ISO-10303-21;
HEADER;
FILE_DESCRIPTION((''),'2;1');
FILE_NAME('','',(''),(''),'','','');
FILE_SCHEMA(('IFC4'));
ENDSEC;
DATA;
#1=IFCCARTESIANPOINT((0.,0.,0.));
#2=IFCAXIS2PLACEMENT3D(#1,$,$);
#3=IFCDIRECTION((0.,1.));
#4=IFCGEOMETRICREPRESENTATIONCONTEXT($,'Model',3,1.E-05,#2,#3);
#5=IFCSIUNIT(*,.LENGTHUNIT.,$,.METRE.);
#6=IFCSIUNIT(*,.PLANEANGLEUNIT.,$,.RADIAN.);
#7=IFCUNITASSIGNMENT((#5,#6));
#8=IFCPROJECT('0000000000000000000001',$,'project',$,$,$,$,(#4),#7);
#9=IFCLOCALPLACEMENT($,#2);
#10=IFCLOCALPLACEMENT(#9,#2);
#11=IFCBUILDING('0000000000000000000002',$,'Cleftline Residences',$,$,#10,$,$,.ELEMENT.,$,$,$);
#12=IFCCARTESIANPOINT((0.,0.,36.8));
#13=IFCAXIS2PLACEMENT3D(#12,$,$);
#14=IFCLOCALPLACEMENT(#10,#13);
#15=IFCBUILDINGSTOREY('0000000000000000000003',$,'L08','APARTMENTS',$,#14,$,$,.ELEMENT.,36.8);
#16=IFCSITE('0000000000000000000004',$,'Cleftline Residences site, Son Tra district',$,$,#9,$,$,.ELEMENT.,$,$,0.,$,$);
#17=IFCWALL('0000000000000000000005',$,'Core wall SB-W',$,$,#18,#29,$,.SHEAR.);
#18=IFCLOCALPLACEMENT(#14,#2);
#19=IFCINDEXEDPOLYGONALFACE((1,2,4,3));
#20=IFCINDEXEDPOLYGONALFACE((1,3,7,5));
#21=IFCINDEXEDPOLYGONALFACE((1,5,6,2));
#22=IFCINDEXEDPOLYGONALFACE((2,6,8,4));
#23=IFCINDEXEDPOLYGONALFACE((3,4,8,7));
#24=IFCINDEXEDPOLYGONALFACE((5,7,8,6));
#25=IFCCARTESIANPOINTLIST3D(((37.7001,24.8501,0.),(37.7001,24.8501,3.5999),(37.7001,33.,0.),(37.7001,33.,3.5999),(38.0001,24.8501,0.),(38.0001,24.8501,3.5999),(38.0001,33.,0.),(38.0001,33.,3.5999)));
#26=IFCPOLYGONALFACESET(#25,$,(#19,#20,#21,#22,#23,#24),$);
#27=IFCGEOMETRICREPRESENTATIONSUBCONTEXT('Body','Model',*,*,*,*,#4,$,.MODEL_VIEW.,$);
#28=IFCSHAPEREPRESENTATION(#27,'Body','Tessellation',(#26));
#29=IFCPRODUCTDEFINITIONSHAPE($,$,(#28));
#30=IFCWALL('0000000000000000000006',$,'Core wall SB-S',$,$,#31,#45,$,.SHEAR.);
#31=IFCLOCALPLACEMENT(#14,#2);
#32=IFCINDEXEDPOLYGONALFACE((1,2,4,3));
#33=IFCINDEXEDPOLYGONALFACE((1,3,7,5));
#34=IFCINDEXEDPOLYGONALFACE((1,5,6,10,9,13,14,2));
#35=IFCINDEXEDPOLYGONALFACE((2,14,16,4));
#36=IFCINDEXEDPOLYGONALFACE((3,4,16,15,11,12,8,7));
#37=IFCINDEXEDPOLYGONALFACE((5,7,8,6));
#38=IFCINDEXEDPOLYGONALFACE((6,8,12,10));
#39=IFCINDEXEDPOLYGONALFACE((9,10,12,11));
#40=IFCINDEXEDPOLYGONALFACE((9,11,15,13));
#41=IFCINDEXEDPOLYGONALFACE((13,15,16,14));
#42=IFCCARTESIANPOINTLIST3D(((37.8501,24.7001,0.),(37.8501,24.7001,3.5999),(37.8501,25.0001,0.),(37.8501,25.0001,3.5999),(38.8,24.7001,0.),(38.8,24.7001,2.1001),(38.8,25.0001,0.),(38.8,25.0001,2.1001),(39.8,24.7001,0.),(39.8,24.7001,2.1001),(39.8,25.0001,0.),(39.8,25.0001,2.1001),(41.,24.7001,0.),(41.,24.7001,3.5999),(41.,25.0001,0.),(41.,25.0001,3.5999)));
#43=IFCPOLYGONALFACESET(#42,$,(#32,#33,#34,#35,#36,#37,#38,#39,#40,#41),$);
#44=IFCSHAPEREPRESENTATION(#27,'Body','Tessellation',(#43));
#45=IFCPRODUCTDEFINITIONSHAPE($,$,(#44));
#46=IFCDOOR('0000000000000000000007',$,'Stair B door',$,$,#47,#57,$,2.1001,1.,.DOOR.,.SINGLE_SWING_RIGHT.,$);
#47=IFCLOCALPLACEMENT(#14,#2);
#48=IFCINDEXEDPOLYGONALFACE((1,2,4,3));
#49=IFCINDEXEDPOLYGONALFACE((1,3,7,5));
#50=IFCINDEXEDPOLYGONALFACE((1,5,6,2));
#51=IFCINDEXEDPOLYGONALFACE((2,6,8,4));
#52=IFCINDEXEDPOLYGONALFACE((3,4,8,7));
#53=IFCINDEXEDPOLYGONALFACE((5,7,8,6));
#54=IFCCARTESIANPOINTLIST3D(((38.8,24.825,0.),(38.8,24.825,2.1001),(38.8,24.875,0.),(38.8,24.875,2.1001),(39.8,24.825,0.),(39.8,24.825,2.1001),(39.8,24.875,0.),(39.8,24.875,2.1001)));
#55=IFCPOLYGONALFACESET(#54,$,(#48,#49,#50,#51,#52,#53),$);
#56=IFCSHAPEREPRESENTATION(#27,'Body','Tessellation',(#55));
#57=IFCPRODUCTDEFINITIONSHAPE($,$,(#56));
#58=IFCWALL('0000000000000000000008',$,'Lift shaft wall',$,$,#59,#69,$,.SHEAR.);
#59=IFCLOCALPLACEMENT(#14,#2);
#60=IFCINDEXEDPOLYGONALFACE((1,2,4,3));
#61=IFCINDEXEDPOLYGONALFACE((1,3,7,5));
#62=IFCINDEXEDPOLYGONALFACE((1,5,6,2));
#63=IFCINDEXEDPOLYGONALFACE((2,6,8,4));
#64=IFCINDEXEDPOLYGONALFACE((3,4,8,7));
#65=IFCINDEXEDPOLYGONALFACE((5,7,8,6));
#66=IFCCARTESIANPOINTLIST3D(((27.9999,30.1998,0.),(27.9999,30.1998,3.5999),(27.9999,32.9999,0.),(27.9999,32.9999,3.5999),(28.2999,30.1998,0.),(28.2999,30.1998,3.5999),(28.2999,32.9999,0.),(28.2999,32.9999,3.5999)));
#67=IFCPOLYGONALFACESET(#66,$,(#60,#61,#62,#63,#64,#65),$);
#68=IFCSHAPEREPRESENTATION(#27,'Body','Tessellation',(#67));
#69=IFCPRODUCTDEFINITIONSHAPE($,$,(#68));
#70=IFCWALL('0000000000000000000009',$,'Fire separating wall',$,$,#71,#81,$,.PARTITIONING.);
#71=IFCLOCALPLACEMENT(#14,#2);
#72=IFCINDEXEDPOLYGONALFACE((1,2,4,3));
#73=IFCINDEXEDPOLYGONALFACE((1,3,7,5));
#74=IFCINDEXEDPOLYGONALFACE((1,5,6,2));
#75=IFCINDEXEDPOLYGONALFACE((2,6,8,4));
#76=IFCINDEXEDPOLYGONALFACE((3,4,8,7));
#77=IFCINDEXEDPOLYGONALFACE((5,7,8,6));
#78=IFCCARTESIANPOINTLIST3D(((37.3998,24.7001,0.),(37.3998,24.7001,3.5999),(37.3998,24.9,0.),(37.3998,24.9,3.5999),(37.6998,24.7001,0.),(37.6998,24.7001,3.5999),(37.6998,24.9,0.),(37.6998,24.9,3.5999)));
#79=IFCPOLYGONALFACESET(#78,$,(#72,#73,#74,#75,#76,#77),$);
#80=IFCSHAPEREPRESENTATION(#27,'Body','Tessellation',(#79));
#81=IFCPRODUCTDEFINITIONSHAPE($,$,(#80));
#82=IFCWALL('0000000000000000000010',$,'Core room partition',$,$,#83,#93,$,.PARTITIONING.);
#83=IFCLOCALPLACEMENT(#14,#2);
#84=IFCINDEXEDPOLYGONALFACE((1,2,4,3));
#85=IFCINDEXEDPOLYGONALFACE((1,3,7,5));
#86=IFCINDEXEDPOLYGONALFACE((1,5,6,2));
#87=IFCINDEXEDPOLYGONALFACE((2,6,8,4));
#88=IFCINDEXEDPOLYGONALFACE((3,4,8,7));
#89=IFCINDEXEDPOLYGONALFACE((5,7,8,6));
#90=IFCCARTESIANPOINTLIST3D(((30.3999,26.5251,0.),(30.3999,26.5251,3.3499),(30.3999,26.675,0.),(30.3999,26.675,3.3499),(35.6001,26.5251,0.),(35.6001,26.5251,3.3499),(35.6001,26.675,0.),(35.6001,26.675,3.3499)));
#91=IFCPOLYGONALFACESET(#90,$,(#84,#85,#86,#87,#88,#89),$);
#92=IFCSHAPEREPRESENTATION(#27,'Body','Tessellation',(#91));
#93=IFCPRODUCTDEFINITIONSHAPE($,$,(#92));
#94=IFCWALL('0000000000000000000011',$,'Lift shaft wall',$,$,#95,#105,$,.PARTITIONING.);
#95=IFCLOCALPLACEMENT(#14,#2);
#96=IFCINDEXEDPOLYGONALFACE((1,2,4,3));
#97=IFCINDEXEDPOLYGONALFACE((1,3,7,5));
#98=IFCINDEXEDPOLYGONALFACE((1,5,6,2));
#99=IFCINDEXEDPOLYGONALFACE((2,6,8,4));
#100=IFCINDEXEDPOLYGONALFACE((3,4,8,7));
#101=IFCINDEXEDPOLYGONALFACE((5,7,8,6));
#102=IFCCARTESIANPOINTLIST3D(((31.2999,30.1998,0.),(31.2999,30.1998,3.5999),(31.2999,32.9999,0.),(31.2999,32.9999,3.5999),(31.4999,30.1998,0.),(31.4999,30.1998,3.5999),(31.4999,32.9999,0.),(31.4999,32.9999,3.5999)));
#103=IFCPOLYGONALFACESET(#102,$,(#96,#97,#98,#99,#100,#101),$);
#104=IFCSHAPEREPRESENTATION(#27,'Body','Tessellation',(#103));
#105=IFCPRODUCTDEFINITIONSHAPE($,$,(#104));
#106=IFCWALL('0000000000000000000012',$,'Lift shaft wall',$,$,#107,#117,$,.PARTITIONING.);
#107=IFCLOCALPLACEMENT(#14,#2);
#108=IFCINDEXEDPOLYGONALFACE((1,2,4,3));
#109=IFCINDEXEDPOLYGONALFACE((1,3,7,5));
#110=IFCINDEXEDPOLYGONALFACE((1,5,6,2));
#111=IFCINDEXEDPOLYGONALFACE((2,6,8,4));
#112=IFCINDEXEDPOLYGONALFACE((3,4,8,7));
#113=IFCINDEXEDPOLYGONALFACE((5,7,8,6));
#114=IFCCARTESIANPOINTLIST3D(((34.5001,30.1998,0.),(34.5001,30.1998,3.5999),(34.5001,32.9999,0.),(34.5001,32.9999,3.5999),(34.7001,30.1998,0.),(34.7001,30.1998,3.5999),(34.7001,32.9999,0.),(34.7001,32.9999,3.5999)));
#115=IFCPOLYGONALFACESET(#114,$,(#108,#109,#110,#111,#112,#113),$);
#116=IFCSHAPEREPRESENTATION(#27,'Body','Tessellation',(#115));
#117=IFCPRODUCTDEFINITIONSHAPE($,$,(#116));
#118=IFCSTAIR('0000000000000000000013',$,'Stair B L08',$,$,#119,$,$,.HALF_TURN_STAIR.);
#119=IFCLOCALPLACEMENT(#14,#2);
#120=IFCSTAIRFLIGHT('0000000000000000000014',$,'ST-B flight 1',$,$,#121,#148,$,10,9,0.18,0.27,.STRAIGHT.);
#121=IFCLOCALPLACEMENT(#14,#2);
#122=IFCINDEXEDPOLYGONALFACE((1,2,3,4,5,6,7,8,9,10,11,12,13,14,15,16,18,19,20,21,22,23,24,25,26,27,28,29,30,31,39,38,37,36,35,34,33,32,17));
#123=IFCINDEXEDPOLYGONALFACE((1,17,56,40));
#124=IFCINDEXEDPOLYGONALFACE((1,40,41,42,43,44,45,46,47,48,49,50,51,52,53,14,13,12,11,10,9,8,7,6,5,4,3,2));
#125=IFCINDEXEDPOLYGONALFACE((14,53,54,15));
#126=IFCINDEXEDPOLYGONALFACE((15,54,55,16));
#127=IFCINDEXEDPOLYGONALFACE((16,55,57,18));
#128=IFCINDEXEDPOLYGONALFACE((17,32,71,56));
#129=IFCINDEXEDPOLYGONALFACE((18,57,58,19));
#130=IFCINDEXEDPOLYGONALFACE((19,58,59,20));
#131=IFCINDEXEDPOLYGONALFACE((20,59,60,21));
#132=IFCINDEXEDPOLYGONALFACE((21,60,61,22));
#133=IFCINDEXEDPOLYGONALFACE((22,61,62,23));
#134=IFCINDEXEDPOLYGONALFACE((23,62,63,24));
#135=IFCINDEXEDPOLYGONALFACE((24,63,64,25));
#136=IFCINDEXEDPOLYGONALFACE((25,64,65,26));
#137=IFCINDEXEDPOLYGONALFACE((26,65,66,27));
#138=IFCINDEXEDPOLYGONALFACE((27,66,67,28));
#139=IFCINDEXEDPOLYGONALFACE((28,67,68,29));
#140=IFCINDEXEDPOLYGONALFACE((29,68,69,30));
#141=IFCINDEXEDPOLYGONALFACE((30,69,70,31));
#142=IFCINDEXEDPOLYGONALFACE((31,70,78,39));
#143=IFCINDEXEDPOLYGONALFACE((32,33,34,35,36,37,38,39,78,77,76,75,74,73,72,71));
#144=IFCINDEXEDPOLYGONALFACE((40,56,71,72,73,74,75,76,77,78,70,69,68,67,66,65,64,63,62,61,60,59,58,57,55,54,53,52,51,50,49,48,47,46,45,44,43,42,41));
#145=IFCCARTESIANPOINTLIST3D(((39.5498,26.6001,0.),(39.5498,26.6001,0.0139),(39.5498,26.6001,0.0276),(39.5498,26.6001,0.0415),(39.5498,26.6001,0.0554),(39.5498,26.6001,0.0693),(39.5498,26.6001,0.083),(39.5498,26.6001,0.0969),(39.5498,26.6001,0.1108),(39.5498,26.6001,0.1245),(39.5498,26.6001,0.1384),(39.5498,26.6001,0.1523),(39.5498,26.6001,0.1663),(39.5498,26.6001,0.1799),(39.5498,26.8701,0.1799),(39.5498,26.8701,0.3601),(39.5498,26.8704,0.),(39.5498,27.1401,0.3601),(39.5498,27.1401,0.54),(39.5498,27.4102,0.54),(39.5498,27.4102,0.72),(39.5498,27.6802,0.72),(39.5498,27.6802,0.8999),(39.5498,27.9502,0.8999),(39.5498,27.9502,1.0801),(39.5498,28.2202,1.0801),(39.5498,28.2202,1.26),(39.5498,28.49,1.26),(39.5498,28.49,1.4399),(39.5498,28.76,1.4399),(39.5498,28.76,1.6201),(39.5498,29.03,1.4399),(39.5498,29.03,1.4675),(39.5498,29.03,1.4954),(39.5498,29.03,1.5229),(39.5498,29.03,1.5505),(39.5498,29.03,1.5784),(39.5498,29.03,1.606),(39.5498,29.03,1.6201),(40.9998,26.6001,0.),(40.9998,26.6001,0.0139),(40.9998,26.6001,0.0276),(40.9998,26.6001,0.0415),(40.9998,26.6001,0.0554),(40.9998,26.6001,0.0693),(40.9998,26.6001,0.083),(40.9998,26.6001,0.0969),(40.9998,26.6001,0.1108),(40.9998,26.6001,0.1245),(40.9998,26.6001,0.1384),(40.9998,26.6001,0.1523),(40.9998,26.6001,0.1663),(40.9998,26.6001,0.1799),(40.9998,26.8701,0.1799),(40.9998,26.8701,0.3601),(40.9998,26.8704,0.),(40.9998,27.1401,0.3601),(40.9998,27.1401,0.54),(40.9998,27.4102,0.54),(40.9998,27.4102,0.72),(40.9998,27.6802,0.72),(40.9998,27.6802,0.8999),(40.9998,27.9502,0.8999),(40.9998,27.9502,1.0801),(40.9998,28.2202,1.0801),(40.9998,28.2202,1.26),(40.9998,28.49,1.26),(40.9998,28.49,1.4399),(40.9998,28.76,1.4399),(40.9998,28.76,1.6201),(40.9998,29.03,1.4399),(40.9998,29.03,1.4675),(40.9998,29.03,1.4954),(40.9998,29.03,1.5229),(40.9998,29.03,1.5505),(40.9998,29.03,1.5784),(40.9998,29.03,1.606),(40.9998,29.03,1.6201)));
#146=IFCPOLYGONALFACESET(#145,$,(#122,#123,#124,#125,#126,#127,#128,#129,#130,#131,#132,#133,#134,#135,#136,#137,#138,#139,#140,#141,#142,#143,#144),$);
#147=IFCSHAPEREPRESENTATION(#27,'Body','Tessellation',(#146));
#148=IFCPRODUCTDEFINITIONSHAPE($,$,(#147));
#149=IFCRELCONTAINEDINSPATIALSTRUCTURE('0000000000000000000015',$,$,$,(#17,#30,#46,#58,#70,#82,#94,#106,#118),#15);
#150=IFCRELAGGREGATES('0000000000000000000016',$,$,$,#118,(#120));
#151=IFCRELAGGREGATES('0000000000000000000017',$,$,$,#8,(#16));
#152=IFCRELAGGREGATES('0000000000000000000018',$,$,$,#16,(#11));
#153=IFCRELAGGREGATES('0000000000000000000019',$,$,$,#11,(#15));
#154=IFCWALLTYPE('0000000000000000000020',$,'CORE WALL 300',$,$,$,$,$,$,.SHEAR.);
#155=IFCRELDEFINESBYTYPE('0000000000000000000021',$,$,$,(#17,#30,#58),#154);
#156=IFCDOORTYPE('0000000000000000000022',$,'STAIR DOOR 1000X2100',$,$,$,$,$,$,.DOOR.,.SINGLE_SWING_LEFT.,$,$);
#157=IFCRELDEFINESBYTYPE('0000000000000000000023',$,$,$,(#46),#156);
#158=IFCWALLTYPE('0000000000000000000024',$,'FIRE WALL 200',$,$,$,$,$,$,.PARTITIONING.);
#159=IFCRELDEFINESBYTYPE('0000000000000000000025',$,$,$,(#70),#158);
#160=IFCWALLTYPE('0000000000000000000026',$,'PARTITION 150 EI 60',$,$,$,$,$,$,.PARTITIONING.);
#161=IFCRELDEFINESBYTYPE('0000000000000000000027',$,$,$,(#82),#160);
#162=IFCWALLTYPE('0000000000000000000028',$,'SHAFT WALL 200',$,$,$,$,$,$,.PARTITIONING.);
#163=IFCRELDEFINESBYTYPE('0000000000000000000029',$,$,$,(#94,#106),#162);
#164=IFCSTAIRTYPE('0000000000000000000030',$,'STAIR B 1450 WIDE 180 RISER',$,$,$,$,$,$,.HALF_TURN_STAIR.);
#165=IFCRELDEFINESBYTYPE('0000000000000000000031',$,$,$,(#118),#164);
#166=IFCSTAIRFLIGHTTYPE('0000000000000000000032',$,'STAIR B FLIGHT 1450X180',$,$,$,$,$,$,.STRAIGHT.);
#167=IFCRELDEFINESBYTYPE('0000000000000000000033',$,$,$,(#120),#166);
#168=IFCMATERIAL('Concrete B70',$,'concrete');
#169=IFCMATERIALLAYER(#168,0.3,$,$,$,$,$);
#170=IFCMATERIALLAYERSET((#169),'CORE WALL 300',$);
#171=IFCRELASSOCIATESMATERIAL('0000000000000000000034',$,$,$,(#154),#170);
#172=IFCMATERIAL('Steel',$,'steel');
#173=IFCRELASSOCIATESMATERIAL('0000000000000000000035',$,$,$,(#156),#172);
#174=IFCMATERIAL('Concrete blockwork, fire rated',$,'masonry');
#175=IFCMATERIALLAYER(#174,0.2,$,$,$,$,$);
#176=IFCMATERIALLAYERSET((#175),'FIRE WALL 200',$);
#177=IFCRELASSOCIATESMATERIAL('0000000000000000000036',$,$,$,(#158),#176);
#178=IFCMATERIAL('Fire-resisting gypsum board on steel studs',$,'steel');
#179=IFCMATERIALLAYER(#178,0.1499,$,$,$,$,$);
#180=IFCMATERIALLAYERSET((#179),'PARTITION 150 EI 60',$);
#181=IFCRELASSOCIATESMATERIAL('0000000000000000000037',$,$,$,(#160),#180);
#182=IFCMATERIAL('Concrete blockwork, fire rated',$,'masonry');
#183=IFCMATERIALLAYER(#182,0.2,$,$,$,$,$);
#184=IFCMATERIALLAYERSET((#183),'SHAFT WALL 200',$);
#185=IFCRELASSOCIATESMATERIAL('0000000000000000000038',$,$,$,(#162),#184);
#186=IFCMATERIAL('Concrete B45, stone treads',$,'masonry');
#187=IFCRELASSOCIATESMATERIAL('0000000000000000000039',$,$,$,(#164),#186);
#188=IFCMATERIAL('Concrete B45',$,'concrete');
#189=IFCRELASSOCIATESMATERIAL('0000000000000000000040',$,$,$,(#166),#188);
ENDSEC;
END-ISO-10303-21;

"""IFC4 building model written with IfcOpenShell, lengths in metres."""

from ifc_helpers import new_model, si_unit, direction, frame, frame_2d, origin, place, context, subcontext, project, spatial, polyline, rectangle, outline, extrude, material, layer, layer_set, type_object, element, fill, aggregate, save


model = new_model("IFC4")

# Units and contexts
model_context = context("Model", 3, precision=1e-05, world=origin(), true_north=direction((0.0, 1.0)))
body_context = subcontext(model_context, "Body", "Model", "MODEL_VIEW")
ifc_project = project(units=[si_unit("LENGTHUNIT", "METRE"), si_unit("PLANEANGLEUNIT", "RADIAN")], contexts=[model_context])

# Site, building, storey
site_placement = place(None, origin())
site = spatial("IfcSite", under=ifc_project, at=site_placement, Name="Cleftline Residences site, Son Tra district", CompositionType="ELEMENT", RefElevation=0.0)
building_placement = place(site_placement, origin())
building = spatial("IfcBuilding", under=site, at=building_placement, Name="Cleftline Residences", CompositionType="ELEMENT")
storey_placement = place(building_placement, frame((0.0, 0.0, 36.8)))
storey = spatial("IfcBuildingStorey", under=building, at=storey_placement, Name="L08", Description="APARTMENTS", CompositionType="ELEMENT", Elevation=36.8)

# Wall
ifc_material_1 = material(Name="Concrete B70", Category="concrete")
ifc_layer_1 = layer(ifc_material_1, 0.3)
ifc_layer_set_1 = layer_set([ifc_layer_1], Name="CORE WALL 300")
wall_type_1 = type_object("IfcWallType", Name="CORE WALL 300", PredefinedType="SHEAR", material=ifc_layer_set_1)
wall_1_placement = place(storey_placement, frame((37.8501, 24.8501, 0.0), z_axis=(0.0, 0.0, 1.0), x_axis=(0.0, 1.0, 0.0)))
element("IfcWall", 1, at=wall_1_placement, inside=storey, type_object=wall_type_1, Name="Core wall SB-W", PredefinedType="SHEAR", context=body_context, shape_type="SweptSolid", body=[
    extrude(rectangle(XDim=8.1499, YDim=0.3, at=frame_2d((4.075, 0.0))), origin(), (0.0, 0.0, 1.0), 3.5999),
])

# Wall, opening, door
wall_2_placement = place(storey_placement, frame((37.8501, 24.8501, 0.0), z_axis=(0.0, 0.0, 1.0), x_axis=(1.0, 0.0, 0.0)))
wall_2 = element("IfcWall", 2, at=wall_2_placement, inside=storey, type_object=wall_type_1, Name="Core wall SB-S", PredefinedType="SHEAR", context=body_context, shape_type="SweptSolid", body=[
    extrude(rectangle(XDim=3.1499, YDim=0.3, at=frame_2d((1.575, 0.0))), origin(), (0.0, 0.0, 1.0), 3.5999),
])
opening_placement = place(wall_2_placement, frame((0.95, 0.0, 0.0)))
opening = element("IfcOpeningElement", 3, at=opening_placement, cuts=wall_2, PredefinedType="OPENING", context=body_context, shape_type="SweptSolid", body=[
    extrude(rectangle(XDim=1.0, YDim=2.1001, at=frame_2d((0.5, 1.05))), frame((0.0, 0.1599, 0.0), z_axis=(0.0, -1.0, 0.0), x_axis=(1.0, 0.0, 0.0)), (0.0, 0.0, 1.0), 0.3201),
])
ifc_material_2 = material(Name="Steel", Category="steel")
door_type = type_object("IfcDoorType", Name="STAIR DOOR 1000X2100", OperationType="SINGLE_SWING_LEFT", PredefinedType="DOOR", material=ifc_material_2)
door_placement = place(opening_placement, origin())
door = element("IfcDoor", 4, at=door_placement, inside=storey, type_object=door_type, Name="Stair B door", OperationType="SINGLE_SWING_RIGHT", OverallHeight=2.1001, OverallWidth=1.0, PredefinedType="DOOR", context=body_context, shape_type="SweptSolid", body=[
    extrude(rectangle(XDim=1.0, YDim=2.1001, at=frame_2d((0.5, 1.05))), frame((0.0, 0.0249, 0.0), z_axis=(0.0, -1.0, 0.0), x_axis=(1.0, 0.0, 0.0)), (0.0, 0.0, 1.0), 0.05),
])
fill(opening, door)

# Walls
wall_3_placement = place(storey_placement, frame((28.1499, 30.2, 0.0), z_axis=(0.0, 0.0, 1.0), x_axis=(0.0, 1.0, 0.0)))
element("IfcWall", 5, at=wall_3_placement, inside=storey, type_object=wall_type_1, Name="Lift shaft wall", PredefinedType="SHEAR", context=body_context, shape_type="SweptSolid", body=[
    extrude(rectangle(XDim=2.8, YDim=0.3, at=frame_2d((1.3999, 0.0))), origin(), (0.0, 0.0, 1.0), 3.5999),
])
ifc_material_3 = material(Name="Concrete blockwork, fire rated", Category="masonry")
ifc_layer_2 = layer(ifc_material_3, 0.2)
ifc_layer_set_2 = layer_set([ifc_layer_2], Name="FIRE WALL 200")
wall_type_2 = type_object("IfcWallType", Name="FIRE WALL 200", PredefinedType="PARTITIONING", material=ifc_layer_set_2)
wall_4_placement = place(storey_placement, frame((37.3999, 24.8, 0.0), z_axis=(0.0, 0.0, 1.0), x_axis=(1.0, 0.0, 0.0)))
element("IfcWall", 6, at=wall_4_placement, inside=storey, type_object=wall_type_2, Name="Fire separating wall", PredefinedType="PARTITIONING", context=body_context, shape_type="SweptSolid", body=[
    extrude(rectangle(XDim=0.3, YDim=0.2, at=frame_2d((0.1499, 0.0))), origin(), (0.0, 0.0, 1.0), 3.5999),
])
ifc_material_4 = material(Name="Fire-resisting gypsum board on steel studs", Category="steel")
ifc_layer_3 = layer(ifc_material_4, 0.1499)
ifc_layer_set_3 = layer_set([ifc_layer_3], Name="PARTITION 150 EI 60")
wall_type_3 = type_object("IfcWallType", Name="PARTITION 150 EI 60", PredefinedType="PARTITIONING", material=ifc_layer_set_3)
wall_5_placement = place(storey_placement, frame((30.3999, 26.6001, 0.0), z_axis=(0.0, 0.0, 1.0), x_axis=(1.0, 0.0, 0.0)))
element("IfcWall", 7, at=wall_5_placement, inside=storey, type_object=wall_type_3, Name="Core room partition", PredefinedType="PARTITIONING", context=body_context, shape_type="SweptSolid", body=[
    extrude(rectangle(XDim=5.2002, YDim=0.1499, at=frame_2d((2.6001, 0.0))), origin(), (0.0, 0.0, 1.0), 3.3499),
])
ifc_material_5 = material(Name="Concrete blockwork, fire rated", Category="masonry")
ifc_layer_4 = layer(ifc_material_5, 0.2)
ifc_layer_set_4 = layer_set([ifc_layer_4], Name="SHAFT WALL 200")
wall_type_4 = type_object("IfcWallType", Name="SHAFT WALL 200", PredefinedType="PARTITIONING", material=ifc_layer_set_4)
for number, where, z_axis, x_axis, name in (
    (8, (31.3999, 30.2, 0.0), (0.0, 0.0, 1.0), (0.0, 1.0, 0.0), "Lift shaft wall"),
    (9, (34.6001, 30.2, 0.0), (0.0, 0.0, 1.0), (0.0, 1.0, 0.0), "Lift shaft wall"),
):
    element("IfcWall", number, at=place(storey_placement, frame(where, z_axis=z_axis, x_axis=x_axis)), inside=storey, type_object=wall_type_4, Name=name, PredefinedType="PARTITIONING", context=body_context, shape_type="SweptSolid", body=[
        extrude(rectangle(XDim=2.8, YDim=0.2, at=frame_2d((1.3999, 0.0))), origin(), (0.0, 0.0, 1.0), 3.5999),
    ])

# Stair, stair flight
ifc_material_6 = material(Name="Concrete B45, stone treads", Category="masonry")
stair_type = type_object("IfcStairType", Name="STAIR B 1450 WIDE 180 RISER", PredefinedType="HALF_TURN_STAIR", material=ifc_material_6)
stair_placement = place(storey_placement, origin())
stair = element("IfcStair", 10, at=stair_placement, inside=storey, type_object=stair_type, Name="Stair B L08", PredefinedType="HALF_TURN_STAIR")
ifc_material_7 = material(Name="Concrete B45", Category="concrete")
stair_flight_type = type_object("IfcStairFlightType", Name="STAIR B FLIGHT 1450X180", PredefinedType="STRAIGHT", material=ifc_material_7)
stair_flight_1_placement = place(storey_placement, frame((40.2749, 26.6001, 0.0), z_axis=(0.0, 0.0, 1.0), x_axis=(0.0, 1.0, 0.0)))
stair_flight_1 = element("IfcStairFlight", 11, at=stair_flight_1_placement, type_object=stair_flight_type, Name="ST-B flight 1", NumberOfRisers=10, NumberOfTreads=9, PredefinedType="STRAIGHT", RiserHeight=0.18, TreadLength=0.27, context=body_context, shape_type="SweptSolid", body=[
    extrude(outline(polyline([(0.0, 0.0), (0.0, 0.0139), (0.0, 0.0276), (0.0, 0.0415), (0.0, 0.0554), (0.0, 0.0693), (0.0, 0.083), (0.0, 0.0969), (0.0, 0.1108), (0.0, 0.1245), (0.0, 0.1384), (0.0, 0.1523), (0.0, 0.1663), (0.0, 0.1799), (0.27, 0.1799), (0.27, 0.3601), (0.54, 0.3601), (0.54, 0.54), (0.8101, 0.54), (0.8101, 0.72), (1.0801, 0.72), (1.0801, 0.8999), (1.3501, 0.8999), (1.3501, 1.0801), (1.6201, 1.0801), (1.6201, 1.26), (1.8899, 1.26), (1.8899, 1.4399), (2.1599, 1.4399), (2.1599, 1.6201), (2.4299, 1.6201), (2.4299, 1.8), (2.4299, 1.7722), (2.4299, 1.7446), (2.4299, 1.7168), (2.4299, 1.6892), (2.4299, 1.6614), (2.4299, 1.6338), (2.4299, 1.606), (2.4299, 1.5784), (2.4299, 1.5505), (2.4299, 1.5229), (2.4299, 1.4954), (2.4299, 1.4675), (2.4299, 1.4399), (0.2703, 0.0), (0.0, 0.0)])), frame((0.0, 0.7251, 0.0), z_axis=(0.0, -1.0, 0.0), x_axis=(1.0, 0.0, 0.0)), (0.0, 0.0, 1.0), 1.45),
])
aggregate(stair, [stair_flight_1])

save(model, "model.ifc")
